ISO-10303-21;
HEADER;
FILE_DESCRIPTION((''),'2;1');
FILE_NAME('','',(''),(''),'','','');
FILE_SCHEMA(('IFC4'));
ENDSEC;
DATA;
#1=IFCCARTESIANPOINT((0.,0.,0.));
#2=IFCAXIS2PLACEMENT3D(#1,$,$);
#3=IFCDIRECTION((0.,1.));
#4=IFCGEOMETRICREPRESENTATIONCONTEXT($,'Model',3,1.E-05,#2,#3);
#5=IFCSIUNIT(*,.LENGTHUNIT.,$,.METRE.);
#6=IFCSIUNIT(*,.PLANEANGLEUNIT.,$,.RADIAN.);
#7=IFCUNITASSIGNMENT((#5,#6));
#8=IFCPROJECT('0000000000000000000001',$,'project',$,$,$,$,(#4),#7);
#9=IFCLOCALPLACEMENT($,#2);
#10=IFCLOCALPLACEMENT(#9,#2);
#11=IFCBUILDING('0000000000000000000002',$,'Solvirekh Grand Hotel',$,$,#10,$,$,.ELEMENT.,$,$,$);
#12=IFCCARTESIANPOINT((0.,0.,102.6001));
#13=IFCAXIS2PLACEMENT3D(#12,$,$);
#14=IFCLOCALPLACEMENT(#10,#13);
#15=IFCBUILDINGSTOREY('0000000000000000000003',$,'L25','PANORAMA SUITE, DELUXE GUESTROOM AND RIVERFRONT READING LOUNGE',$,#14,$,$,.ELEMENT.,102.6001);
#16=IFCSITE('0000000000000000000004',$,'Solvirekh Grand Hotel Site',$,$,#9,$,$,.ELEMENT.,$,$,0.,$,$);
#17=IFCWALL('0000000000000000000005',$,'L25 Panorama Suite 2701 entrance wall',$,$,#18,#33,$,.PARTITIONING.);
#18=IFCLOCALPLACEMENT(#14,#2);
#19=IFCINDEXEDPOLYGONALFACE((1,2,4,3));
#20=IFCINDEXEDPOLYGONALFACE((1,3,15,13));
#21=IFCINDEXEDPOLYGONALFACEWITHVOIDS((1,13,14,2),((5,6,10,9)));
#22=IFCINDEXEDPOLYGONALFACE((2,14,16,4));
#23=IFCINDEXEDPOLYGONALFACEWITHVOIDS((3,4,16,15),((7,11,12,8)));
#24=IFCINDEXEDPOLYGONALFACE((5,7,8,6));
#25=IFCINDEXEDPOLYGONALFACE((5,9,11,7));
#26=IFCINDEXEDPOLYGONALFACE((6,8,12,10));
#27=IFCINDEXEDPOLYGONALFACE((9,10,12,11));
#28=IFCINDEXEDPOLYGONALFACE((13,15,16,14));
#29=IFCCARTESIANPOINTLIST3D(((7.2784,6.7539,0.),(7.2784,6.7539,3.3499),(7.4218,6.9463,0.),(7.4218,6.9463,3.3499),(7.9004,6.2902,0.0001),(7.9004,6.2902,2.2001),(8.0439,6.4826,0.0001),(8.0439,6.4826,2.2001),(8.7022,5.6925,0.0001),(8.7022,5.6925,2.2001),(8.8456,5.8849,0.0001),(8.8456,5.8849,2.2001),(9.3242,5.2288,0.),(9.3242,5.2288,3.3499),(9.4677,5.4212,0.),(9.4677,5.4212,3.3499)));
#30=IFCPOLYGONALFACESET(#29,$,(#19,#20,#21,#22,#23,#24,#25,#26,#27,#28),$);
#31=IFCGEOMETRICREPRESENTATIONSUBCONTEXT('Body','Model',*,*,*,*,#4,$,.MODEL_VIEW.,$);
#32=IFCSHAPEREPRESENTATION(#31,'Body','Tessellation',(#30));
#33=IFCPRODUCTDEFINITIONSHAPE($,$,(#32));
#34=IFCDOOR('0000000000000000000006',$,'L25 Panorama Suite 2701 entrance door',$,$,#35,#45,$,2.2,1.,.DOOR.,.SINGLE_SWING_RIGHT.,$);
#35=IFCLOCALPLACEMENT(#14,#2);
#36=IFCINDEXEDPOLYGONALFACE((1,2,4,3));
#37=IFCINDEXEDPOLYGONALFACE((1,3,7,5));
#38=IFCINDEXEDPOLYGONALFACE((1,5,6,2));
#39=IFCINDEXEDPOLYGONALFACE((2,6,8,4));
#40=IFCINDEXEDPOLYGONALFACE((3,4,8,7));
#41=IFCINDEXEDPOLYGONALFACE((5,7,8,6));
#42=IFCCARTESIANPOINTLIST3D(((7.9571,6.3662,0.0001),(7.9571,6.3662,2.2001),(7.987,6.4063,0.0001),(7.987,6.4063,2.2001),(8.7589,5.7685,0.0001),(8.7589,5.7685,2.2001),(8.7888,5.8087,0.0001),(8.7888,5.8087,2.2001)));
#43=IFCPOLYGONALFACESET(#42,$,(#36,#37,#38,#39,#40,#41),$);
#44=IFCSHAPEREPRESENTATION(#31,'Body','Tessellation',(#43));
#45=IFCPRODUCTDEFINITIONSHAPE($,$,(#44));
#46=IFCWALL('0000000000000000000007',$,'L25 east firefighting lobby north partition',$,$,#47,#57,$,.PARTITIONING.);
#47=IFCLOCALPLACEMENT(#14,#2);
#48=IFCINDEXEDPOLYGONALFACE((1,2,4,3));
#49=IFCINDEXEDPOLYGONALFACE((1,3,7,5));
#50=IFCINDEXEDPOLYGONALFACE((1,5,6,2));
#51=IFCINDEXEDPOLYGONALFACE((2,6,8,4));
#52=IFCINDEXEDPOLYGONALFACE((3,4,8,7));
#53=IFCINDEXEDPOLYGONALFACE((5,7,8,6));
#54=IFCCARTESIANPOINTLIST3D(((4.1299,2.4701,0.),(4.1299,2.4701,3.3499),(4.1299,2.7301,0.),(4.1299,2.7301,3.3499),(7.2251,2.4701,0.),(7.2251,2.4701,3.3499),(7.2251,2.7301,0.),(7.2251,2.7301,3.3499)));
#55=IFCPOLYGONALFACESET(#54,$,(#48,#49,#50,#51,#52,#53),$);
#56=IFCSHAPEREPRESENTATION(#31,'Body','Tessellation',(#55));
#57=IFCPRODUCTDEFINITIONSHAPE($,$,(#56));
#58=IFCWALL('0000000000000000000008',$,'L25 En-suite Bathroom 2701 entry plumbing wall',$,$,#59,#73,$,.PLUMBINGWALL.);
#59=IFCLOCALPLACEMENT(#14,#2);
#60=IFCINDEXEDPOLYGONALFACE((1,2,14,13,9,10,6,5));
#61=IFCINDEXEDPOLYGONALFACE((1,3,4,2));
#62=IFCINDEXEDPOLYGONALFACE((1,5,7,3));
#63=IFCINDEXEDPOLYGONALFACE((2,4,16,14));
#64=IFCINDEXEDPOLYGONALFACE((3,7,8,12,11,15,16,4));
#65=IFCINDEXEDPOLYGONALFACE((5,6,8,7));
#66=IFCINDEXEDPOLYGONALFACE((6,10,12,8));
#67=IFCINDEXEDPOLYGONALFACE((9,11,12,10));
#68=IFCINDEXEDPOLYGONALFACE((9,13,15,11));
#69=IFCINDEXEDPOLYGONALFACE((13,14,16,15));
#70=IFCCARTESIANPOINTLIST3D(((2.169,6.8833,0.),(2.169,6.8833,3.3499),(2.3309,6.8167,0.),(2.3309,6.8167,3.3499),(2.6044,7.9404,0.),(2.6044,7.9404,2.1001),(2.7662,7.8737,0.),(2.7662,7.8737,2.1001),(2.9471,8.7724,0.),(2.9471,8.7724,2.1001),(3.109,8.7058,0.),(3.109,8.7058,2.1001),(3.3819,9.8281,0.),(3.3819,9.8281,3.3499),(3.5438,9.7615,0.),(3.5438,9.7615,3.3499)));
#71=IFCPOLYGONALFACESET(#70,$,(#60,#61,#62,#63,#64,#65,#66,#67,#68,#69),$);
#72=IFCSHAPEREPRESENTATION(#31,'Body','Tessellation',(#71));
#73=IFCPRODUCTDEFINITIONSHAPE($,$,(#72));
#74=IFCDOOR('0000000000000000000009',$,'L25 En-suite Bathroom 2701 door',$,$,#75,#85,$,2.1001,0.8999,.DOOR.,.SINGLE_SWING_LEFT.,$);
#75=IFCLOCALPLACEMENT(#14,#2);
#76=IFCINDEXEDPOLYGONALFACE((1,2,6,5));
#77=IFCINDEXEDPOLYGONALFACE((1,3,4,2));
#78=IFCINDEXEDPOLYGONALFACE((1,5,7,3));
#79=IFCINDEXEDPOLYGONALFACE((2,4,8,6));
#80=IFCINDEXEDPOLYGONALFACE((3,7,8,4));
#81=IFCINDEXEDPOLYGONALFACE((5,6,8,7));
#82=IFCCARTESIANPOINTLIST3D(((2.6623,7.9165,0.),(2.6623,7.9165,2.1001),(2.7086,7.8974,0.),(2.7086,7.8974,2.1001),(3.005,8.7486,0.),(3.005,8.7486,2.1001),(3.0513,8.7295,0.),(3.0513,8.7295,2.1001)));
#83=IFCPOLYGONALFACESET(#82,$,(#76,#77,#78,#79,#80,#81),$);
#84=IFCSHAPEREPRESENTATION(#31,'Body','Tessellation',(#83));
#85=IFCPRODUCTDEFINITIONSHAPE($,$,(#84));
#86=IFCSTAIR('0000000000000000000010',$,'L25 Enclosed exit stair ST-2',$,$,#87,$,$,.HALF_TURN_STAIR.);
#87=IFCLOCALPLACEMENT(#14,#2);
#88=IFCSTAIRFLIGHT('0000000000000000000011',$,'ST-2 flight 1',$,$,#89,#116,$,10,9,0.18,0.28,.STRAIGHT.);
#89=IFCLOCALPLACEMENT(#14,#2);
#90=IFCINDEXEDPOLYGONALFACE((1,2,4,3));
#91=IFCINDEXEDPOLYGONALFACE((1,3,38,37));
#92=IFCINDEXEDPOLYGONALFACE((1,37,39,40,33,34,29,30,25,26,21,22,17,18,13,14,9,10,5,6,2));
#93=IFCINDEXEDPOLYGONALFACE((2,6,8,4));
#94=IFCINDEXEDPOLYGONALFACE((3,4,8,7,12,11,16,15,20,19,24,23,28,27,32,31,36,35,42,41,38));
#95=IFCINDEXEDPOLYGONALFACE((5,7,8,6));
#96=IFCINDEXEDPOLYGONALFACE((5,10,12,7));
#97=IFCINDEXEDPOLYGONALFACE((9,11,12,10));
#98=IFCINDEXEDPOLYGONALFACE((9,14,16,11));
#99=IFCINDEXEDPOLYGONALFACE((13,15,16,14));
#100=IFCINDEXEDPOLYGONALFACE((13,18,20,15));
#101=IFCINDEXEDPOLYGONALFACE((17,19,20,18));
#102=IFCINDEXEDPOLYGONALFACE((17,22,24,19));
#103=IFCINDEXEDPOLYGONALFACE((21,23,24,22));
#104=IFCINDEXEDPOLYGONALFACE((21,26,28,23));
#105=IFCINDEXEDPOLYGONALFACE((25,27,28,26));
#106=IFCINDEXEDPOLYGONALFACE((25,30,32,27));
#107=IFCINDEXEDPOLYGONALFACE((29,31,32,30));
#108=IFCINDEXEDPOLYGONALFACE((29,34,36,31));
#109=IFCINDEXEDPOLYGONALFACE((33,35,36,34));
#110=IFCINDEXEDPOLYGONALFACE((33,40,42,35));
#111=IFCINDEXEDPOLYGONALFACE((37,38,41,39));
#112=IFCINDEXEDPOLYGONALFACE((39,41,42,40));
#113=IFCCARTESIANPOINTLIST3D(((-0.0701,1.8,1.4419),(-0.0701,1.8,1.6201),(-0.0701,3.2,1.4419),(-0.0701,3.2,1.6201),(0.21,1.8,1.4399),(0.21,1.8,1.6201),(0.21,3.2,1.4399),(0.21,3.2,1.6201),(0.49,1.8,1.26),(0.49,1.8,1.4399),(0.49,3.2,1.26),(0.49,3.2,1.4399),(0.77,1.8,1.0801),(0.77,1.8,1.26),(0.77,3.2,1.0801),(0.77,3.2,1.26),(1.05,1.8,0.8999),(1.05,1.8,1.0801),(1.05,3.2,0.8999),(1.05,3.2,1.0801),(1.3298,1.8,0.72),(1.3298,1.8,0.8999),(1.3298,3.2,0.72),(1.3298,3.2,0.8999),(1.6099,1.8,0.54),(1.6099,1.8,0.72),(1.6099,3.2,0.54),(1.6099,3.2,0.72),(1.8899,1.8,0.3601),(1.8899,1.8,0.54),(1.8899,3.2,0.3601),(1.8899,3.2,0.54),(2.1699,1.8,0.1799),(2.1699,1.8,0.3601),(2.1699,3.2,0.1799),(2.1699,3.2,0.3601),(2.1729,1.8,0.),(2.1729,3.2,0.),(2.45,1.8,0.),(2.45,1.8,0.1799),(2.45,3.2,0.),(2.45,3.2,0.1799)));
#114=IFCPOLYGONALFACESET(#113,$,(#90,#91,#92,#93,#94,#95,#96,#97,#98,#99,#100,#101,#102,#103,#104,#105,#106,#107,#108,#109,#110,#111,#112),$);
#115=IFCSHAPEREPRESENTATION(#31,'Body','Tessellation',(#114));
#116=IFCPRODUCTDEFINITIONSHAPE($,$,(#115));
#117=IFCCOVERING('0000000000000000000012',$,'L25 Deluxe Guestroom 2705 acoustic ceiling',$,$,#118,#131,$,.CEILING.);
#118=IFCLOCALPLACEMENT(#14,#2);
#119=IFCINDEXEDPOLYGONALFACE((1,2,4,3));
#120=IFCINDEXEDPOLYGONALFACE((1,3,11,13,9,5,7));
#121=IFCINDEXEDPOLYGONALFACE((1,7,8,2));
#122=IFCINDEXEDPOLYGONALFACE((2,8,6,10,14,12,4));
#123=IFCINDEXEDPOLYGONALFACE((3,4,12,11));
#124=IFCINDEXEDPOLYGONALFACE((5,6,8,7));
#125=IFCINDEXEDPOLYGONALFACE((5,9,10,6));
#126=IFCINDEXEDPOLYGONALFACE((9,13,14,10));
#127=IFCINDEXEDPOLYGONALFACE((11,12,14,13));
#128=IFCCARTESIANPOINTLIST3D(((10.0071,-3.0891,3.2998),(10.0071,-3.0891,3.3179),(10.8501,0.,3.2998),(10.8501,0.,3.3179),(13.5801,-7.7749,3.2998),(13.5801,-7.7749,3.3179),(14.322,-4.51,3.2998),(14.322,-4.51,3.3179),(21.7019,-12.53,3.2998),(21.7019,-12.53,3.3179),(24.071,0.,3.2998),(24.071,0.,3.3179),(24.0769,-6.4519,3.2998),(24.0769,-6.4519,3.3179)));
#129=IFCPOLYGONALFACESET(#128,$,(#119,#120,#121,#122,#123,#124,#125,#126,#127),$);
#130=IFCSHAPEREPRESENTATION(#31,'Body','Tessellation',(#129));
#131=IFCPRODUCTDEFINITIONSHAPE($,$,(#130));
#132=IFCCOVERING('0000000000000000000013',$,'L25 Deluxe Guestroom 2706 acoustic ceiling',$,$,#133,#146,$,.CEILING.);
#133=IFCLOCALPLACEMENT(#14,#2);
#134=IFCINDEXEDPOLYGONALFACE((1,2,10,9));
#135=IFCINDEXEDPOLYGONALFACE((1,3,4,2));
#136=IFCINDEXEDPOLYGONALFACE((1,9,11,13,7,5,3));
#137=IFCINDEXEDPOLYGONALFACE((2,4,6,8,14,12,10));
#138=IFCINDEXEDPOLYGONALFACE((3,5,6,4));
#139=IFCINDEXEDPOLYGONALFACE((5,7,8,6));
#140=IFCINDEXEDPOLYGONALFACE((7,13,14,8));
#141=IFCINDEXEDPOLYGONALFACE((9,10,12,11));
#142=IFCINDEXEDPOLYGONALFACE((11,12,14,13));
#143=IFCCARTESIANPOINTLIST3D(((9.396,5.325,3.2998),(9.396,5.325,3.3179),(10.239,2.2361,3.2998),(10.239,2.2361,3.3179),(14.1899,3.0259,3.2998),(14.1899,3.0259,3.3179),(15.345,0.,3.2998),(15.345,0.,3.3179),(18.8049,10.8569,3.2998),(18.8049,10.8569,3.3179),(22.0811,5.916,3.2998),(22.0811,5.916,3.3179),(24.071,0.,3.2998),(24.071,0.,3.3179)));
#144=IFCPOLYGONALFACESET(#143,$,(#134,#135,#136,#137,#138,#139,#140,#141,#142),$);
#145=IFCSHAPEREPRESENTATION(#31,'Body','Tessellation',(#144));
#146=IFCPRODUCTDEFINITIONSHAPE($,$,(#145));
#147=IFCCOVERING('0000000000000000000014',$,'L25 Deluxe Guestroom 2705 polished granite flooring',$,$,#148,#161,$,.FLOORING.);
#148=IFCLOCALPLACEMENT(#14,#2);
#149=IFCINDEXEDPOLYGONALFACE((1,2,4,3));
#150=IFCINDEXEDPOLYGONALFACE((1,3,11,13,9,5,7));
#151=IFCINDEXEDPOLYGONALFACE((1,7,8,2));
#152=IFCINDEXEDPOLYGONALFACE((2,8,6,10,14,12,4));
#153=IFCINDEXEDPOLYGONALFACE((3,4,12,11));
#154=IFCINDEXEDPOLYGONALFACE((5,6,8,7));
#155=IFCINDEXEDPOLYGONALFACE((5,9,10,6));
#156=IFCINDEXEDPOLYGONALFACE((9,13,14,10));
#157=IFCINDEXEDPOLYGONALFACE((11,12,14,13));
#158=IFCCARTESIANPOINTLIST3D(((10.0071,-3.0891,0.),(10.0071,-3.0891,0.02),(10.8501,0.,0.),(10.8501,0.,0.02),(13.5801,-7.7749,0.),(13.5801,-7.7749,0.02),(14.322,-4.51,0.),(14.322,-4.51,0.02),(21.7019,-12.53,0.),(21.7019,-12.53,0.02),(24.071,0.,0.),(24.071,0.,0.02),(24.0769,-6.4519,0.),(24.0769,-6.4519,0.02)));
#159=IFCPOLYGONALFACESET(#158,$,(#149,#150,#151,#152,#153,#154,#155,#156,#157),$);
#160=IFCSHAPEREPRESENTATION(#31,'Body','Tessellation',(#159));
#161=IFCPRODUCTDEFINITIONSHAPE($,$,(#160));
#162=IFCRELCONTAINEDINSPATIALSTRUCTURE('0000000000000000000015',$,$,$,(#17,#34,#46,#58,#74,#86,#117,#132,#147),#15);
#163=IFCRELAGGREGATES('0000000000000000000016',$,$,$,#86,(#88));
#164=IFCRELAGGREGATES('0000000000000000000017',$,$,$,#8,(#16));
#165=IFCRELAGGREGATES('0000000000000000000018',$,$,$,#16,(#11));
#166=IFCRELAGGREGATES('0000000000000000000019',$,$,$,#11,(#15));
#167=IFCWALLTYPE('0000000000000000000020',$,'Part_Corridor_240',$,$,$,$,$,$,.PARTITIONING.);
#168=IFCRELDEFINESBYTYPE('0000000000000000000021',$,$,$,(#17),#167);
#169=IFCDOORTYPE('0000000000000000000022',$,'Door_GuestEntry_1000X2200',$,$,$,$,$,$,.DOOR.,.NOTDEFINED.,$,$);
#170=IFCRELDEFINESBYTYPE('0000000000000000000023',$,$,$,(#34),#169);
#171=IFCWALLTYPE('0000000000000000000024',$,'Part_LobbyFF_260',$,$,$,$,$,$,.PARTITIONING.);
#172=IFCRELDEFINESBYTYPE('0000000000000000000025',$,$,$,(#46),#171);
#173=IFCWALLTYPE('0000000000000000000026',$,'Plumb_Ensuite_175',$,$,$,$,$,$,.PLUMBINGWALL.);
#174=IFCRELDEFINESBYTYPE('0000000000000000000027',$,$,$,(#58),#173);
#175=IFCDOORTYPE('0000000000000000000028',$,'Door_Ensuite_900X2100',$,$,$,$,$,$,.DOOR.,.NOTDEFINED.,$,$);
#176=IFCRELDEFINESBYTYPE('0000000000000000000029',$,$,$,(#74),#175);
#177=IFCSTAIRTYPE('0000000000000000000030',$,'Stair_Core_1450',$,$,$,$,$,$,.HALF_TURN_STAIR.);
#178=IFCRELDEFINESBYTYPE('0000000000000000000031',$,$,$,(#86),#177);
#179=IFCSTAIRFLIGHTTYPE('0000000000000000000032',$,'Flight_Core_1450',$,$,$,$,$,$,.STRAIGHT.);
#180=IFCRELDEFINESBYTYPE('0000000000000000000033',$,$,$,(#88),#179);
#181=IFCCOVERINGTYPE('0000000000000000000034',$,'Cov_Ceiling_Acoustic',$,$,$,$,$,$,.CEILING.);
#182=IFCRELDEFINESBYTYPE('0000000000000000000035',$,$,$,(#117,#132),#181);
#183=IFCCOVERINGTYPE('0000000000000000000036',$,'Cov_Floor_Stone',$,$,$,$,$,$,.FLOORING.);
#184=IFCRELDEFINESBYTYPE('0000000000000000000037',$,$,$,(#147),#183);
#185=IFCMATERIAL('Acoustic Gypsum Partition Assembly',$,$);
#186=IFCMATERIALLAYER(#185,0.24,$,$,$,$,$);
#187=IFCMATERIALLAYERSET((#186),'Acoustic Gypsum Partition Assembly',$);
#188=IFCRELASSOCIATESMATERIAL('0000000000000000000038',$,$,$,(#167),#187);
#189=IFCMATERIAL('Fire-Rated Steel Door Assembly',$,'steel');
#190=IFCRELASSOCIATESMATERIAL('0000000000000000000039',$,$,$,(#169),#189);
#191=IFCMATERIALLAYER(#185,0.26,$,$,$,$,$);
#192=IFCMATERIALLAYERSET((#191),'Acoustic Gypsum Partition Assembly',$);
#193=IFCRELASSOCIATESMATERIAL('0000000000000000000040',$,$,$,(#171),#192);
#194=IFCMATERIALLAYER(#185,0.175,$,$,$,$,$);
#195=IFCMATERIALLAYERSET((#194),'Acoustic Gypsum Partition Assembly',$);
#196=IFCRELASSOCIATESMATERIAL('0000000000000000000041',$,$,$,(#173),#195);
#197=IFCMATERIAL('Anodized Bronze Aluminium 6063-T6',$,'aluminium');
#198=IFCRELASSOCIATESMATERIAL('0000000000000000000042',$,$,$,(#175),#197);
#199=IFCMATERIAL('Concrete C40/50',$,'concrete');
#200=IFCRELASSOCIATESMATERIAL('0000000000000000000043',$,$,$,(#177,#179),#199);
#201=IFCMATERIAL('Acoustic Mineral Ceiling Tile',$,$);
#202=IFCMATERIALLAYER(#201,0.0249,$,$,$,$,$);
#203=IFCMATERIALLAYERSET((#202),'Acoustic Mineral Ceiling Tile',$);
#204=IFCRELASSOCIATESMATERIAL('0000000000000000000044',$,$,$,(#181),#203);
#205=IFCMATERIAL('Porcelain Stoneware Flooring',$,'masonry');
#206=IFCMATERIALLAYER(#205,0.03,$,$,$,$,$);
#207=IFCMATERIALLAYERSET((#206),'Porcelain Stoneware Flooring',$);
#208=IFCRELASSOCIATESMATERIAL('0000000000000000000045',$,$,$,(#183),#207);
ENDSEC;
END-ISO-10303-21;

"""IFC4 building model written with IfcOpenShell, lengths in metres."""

from ifc_helpers import new_model, si_unit, direction, frame, frame_2d, origin, place, context, subcontext, project, spatial, polyline, rectangle, outline, extrude, material, layer, layer_set, type_object, element, fill, aggregate, save


model = new_model("IFC4")

# Units and contexts
model_context = context("Model", 3, precision=1e-05, world=origin(), true_north=direction((0.0, 1.0)))
body_context = subcontext(model_context, "Body", "Model", "MODEL_VIEW")
ifc_project = project(units=[si_unit("LENGTHUNIT", "METRE"), si_unit("PLANEANGLEUNIT", "RADIAN")], contexts=[model_context])

# Site, building, storey
site_placement = place(None, origin())
site = spatial("IfcSite", under=ifc_project, at=site_placement, Name="Solvirekh Grand Hotel Site", CompositionType="ELEMENT", RefElevation=0.0)
building_placement = place(site_placement, origin())
building = spatial("IfcBuilding", under=site, at=building_placement, Name="Solvirekh Grand Hotel", CompositionType="ELEMENT")
storey_placement = place(building_placement, frame((0.0, 0.0, 102.6001)))
storey = spatial("IfcBuildingStorey", under=building, at=storey_placement, Name="L25", Description="PANORAMA SUITE, DELUXE GUESTROOM AND RIVERFRONT READING LOUNGE", CompositionType="ELEMENT", Elevation=102.6001)

# Shared definitions
ifc_material_1 = material(Name="Concrete C40/50", Category="concrete")

# Shared definitions
ifc_material_2 = material(Name="Acoustic Gypsum Partition Assembly")
ifc_material_3 = material(Name="Anodized Bronze Aluminium 6063-T6", Category="aluminium")

# Shared definitions
ifc_layer_1 = layer(ifc_material_2, 0.24)
ifc_layer_set_1 = layer_set([ifc_layer_1], Name="Acoustic Gypsum Partition Assembly")
wall_type_1 = type_object("IfcWallType", Name="Part_Corridor_240", PredefinedType="PARTITIONING", material=ifc_layer_set_1)

# Wall, opening, door
wall_1_placement = place(storey_placement, frame((7.3501, 6.8501, 0.0), z_axis=(0.0, 0.0, 1.0), x_axis=(0.801742, -0.597671, 0.0)))
wall_1 = element("IfcWall", 1, at=wall_1_placement, inside=storey, type_object=wall_type_1, Name="L25 Panorama Suite 2701 entrance wall", PredefinedType="PARTITIONING", context=body_context, shape_type="SweptSolid", body=[
    extrude(rectangle(XDim=2.5518, YDim=0.24, at=frame_2d((1.2759, 0.0))), origin(), (0.0, 0.0, 1.0), 3.3499),
])
opening_1_placement = place(wall_1_placement, frame((0.7759, 0.0, 0.0)))
opening_1 = element("IfcOpeningElement", 2, at=opening_1_placement, cuts=wall_1, PredefinedType="OPENING", context=body_context, shape_type="SweptSolid", body=[
    extrude(rectangle(XDim=1.0, YDim=2.2, at=frame_2d((0.5, 1.1001))), frame((0.0, 0.1299, 0.0), z_axis=(0.0, -1.0, 0.0), x_axis=(1.0, 0.0, 0.0)), (0.0, 0.0, 1.0), 0.26),
])
ifc_material_4 = material(Name="Fire-Rated Steel Door Assembly", Category="steel")
door_type_1 = type_object("IfcDoorType", Name="Door_GuestEntry_1000X2200", OperationType="NOTDEFINED", PredefinedType="DOOR", material=ifc_material_4)
door_1_placement = place(opening_1_placement, origin())
door_1 = element("IfcDoor", 3, at=door_1_placement, inside=storey, type_object=door_type_1, Name="L25 Panorama Suite 2701 entrance door", OperationType="SINGLE_SWING_RIGHT", OverallHeight=2.2, OverallWidth=1.0, PredefinedType="DOOR", context=body_context, shape_type="SweptSolid", body=[
    extrude(rectangle(XDim=1.0, YDim=2.2, at=frame_2d((0.5, 1.1001))), frame((0.0, 0.0249, 0.0), z_axis=(0.0, -1.0, 0.0), x_axis=(1.0, 0.0, 0.0)), (0.0, 0.0, 1.0), 0.05),
])
fill(opening_1, door_1)

# Wall
ifc_layer_2 = layer(ifc_material_2, 0.26)
ifc_layer_set_2 = layer_set([ifc_layer_2], Name="Acoustic Gypsum Partition Assembly")
wall_type_2 = type_object("IfcWallType", Name="Part_LobbyFF_260", PredefinedType="PARTITIONING", material=ifc_layer_set_2)
wall_2_placement = place(storey_placement, frame((4.1299, 2.6001, 0.0), z_axis=(0.0, 0.0, 1.0), x_axis=(1.0, 0.0, 0.0)))
element("IfcWall", 4, at=wall_2_placement, inside=storey, type_object=wall_type_2, Name="L25 east firefighting lobby north partition", PredefinedType="PARTITIONING", context=body_context, shape_type="SweptSolid", body=[
    extrude(rectangle(XDim=3.0952, YDim=0.26, at=frame_2d((1.5476, 0.0))), origin(), (0.0, 0.0, 1.0), 3.3499),
])

# Wall, opening, door
ifc_layer_3 = layer(ifc_material_2, 0.175)
ifc_layer_set_3 = layer_set([ifc_layer_3], Name="Acoustic Gypsum Partition Assembly")
wall_type_3 = type_object("IfcWallType", Name="Plumb_Ensuite_175", PredefinedType="PLUMBINGWALL", material=ifc_layer_set_3)
wall_3_placement = place(storey_placement, frame((2.25, 6.8501, 0.0), z_axis=(0.0, 0.0, 1.0), x_axis=(0.380835, 0.924643, 0.0)))
wall_3 = element("IfcWall", 5, at=wall_3_placement, inside=storey, type_object=wall_type_3, Name="L25 En-suite Bathroom 2701 entry plumbing wall", PredefinedType="PLUMBINGWALL", context=body_context, shape_type="SweptSolid", body=[
    extrude(rectangle(XDim=3.1848, YDim=0.175, at=frame_2d((1.5923, 0.0))), origin(), (0.0, 0.0, 1.0), 3.3499),
])
opening_2_placement = place(wall_3_placement, frame((1.1431, 0.0, 0.0)))
opening_2 = element("IfcOpeningElement", 6, at=opening_2_placement, cuts=wall_3, PredefinedType="OPENING", context=body_context, shape_type="SweptSolid", body=[
    extrude(rectangle(XDim=0.8999, YDim=2.1001, at=frame_2d((0.45, 1.05))), frame((0.0, 0.0977, 0.0), z_axis=(0.0, -1.0, 0.0), x_axis=(1.0, 0.0, 0.0)), (0.0, 0.0, 1.0), 0.1951),
])
door_type_2 = type_object("IfcDoorType", Name="Door_Ensuite_900X2100", OperationType="NOTDEFINED", PredefinedType="DOOR", material=ifc_material_3)
door_2_placement = place(opening_2_placement, origin())
door_2 = element("IfcDoor", 7, at=door_2_placement, inside=storey, type_object=door_type_2, Name="L25 En-suite Bathroom 2701 door", OperationType="SINGLE_SWING_LEFT", OverallHeight=2.1001, OverallWidth=0.8999, PredefinedType="DOOR", context=body_context, shape_type="SweptSolid", body=[
    extrude(rectangle(XDim=0.8999, YDim=2.1001, at=frame_2d((0.45, 1.05))), frame((0.0, 0.0249, 0.0), z_axis=(0.0, -1.0, 0.0), x_axis=(1.0, 0.0, 0.0)), (0.0, 0.0, 1.0), 0.05),
])
fill(opening_2, door_2)

# Stair, stair flight
stair_type = type_object("IfcStairType", Name="Stair_Core_1450", PredefinedType="HALF_TURN_STAIR", material=ifc_material_1)
stair_placement = place(storey_placement, origin())
stair = element("IfcStair", 8, at=stair_placement, inside=storey, type_object=stair_type, Name="L25 Enclosed exit stair ST-2", PredefinedType="HALF_TURN_STAIR")
stair_flight_type = type_object("IfcStairFlightType", Name="Flight_Core_1450", PredefinedType="STRAIGHT", material=ifc_material_1)
stair_flight_placement = place(storey_placement, frame((2.45, 2.5, 0.0), z_axis=(0.0, 0.0, 1.0), x_axis=(-1.0, 0.0, 0.0)))
stair_flight = element("IfcStairFlight", 9, at=stair_flight_placement, type_object=stair_flight_type, Name="ST-2 flight 1", NumberOfRisers=10, NumberOfTreads=9, PredefinedType="STRAIGHT", RiserHeight=0.18, TreadLength=0.28, context=body_context, shape_type="SweptSolid", body=[
    extrude(outline(polyline([(0.0, 0.0), (0.0, 0.1799), (0.28, 0.1799), (0.28, 0.3601), (0.5601, 0.3601), (0.5601, 0.54), (0.8401, 0.54), (0.8401, 0.72), (1.1201, 0.72), (1.1201, 0.8999), (1.3999, 0.8999), (1.3999, 1.0801), (1.6799, 1.0801), (1.6799, 1.26), (1.96, 1.26), (1.96, 1.4399), (2.24, 1.4399), (2.24, 1.6201), (2.52, 1.6201), (2.52, 1.8), (2.52, 1.4419), (0.2771, 0.0), (0.0, 0.0)])), frame((0.0, 0.7, 0.0), z_axis=(0.0, -1.0, 0.0), x_axis=(1.0, 0.0, 0.0)), (0.0, 0.0, 1.0), 1.3999),
])
aggregate(stair, [stair_flight])

# Coverings
ifc_material_5 = material(Name="Acoustic Mineral Ceiling Tile")
ifc_layer_4 = layer(ifc_material_5, 0.0249)
ifc_layer_set_4 = layer_set([ifc_layer_4], Name="Acoustic Mineral Ceiling Tile")
covering_type_1 = type_object("IfcCoveringType", Name="Cov_Ceiling_Acoustic", PredefinedType="CEILING", material=ifc_layer_set_4)
covering_1_placement = place(storey_placement, frame((0.0, 0.0, 3.2998)))
element("IfcCovering", 10, at=covering_1_placement, inside=storey, type_object=covering_type_1, Name="L25 Deluxe Guestroom 2705 acoustic ceiling", PredefinedType="CEILING", context=body_context, shape_type="SweptSolid", body=[
    extrude(outline(polyline([(14.322, -4.51), (13.5801, -7.7749), (21.7019, -12.53), (24.0769, -6.4519), (24.071, 0.0), (10.8501, 0.0), (10.0071, -3.0891), (14.322, -4.51)])), origin(), (0.0, 0.0, 1.0), 0.0181),
])
covering_2_placement = place(storey_placement, frame((0.0, 0.0, 3.2998)))
element("IfcCovering", 11, at=covering_2_placement, inside=storey, type_object=covering_type_1, Name="L25 Deluxe Guestroom 2706 acoustic ceiling", PredefinedType="CEILING", context=body_context, shape_type="SweptSolid", body=[
    extrude(outline(polyline([(14.1899, 3.0259), (15.345, 0.0), (24.071, 0.0), (22.0811, 5.916), (18.8049, 10.8569), (9.396, 5.325), (10.239, 2.2361), (14.1899, 3.0259)])), origin(), (0.0, 0.0, 1.0), 0.0181),
])
ifc_material_6 = material(Name="Porcelain Stoneware Flooring", Category="masonry")
ifc_layer_5 = layer(ifc_material_6, 0.03)
ifc_layer_set_5 = layer_set([ifc_layer_5], Name="Porcelain Stoneware Flooring")
covering_type_2 = type_object("IfcCoveringType", Name="Cov_Floor_Stone", PredefinedType="FLOORING", material=ifc_layer_set_5)
covering_3_placement = place(storey_placement, origin())
element("IfcCovering", 12, at=covering_3_placement, inside=storey, type_object=covering_type_2, Name="L25 Deluxe Guestroom 2705 polished granite flooring", PredefinedType="FLOORING", context=body_context, shape_type="SweptSolid", body=[
    extrude(outline(polyline([(14.322, -4.51), (13.5801, -7.7749), (21.7019, -12.53), (24.0769, -6.4519), (24.071, 0.0), (10.8501, 0.0), (10.0071, -3.0891), (14.322, -4.51)])), origin(), (0.0, 0.0, 1.0), 0.02),
])

save(model, "model.ifc")
